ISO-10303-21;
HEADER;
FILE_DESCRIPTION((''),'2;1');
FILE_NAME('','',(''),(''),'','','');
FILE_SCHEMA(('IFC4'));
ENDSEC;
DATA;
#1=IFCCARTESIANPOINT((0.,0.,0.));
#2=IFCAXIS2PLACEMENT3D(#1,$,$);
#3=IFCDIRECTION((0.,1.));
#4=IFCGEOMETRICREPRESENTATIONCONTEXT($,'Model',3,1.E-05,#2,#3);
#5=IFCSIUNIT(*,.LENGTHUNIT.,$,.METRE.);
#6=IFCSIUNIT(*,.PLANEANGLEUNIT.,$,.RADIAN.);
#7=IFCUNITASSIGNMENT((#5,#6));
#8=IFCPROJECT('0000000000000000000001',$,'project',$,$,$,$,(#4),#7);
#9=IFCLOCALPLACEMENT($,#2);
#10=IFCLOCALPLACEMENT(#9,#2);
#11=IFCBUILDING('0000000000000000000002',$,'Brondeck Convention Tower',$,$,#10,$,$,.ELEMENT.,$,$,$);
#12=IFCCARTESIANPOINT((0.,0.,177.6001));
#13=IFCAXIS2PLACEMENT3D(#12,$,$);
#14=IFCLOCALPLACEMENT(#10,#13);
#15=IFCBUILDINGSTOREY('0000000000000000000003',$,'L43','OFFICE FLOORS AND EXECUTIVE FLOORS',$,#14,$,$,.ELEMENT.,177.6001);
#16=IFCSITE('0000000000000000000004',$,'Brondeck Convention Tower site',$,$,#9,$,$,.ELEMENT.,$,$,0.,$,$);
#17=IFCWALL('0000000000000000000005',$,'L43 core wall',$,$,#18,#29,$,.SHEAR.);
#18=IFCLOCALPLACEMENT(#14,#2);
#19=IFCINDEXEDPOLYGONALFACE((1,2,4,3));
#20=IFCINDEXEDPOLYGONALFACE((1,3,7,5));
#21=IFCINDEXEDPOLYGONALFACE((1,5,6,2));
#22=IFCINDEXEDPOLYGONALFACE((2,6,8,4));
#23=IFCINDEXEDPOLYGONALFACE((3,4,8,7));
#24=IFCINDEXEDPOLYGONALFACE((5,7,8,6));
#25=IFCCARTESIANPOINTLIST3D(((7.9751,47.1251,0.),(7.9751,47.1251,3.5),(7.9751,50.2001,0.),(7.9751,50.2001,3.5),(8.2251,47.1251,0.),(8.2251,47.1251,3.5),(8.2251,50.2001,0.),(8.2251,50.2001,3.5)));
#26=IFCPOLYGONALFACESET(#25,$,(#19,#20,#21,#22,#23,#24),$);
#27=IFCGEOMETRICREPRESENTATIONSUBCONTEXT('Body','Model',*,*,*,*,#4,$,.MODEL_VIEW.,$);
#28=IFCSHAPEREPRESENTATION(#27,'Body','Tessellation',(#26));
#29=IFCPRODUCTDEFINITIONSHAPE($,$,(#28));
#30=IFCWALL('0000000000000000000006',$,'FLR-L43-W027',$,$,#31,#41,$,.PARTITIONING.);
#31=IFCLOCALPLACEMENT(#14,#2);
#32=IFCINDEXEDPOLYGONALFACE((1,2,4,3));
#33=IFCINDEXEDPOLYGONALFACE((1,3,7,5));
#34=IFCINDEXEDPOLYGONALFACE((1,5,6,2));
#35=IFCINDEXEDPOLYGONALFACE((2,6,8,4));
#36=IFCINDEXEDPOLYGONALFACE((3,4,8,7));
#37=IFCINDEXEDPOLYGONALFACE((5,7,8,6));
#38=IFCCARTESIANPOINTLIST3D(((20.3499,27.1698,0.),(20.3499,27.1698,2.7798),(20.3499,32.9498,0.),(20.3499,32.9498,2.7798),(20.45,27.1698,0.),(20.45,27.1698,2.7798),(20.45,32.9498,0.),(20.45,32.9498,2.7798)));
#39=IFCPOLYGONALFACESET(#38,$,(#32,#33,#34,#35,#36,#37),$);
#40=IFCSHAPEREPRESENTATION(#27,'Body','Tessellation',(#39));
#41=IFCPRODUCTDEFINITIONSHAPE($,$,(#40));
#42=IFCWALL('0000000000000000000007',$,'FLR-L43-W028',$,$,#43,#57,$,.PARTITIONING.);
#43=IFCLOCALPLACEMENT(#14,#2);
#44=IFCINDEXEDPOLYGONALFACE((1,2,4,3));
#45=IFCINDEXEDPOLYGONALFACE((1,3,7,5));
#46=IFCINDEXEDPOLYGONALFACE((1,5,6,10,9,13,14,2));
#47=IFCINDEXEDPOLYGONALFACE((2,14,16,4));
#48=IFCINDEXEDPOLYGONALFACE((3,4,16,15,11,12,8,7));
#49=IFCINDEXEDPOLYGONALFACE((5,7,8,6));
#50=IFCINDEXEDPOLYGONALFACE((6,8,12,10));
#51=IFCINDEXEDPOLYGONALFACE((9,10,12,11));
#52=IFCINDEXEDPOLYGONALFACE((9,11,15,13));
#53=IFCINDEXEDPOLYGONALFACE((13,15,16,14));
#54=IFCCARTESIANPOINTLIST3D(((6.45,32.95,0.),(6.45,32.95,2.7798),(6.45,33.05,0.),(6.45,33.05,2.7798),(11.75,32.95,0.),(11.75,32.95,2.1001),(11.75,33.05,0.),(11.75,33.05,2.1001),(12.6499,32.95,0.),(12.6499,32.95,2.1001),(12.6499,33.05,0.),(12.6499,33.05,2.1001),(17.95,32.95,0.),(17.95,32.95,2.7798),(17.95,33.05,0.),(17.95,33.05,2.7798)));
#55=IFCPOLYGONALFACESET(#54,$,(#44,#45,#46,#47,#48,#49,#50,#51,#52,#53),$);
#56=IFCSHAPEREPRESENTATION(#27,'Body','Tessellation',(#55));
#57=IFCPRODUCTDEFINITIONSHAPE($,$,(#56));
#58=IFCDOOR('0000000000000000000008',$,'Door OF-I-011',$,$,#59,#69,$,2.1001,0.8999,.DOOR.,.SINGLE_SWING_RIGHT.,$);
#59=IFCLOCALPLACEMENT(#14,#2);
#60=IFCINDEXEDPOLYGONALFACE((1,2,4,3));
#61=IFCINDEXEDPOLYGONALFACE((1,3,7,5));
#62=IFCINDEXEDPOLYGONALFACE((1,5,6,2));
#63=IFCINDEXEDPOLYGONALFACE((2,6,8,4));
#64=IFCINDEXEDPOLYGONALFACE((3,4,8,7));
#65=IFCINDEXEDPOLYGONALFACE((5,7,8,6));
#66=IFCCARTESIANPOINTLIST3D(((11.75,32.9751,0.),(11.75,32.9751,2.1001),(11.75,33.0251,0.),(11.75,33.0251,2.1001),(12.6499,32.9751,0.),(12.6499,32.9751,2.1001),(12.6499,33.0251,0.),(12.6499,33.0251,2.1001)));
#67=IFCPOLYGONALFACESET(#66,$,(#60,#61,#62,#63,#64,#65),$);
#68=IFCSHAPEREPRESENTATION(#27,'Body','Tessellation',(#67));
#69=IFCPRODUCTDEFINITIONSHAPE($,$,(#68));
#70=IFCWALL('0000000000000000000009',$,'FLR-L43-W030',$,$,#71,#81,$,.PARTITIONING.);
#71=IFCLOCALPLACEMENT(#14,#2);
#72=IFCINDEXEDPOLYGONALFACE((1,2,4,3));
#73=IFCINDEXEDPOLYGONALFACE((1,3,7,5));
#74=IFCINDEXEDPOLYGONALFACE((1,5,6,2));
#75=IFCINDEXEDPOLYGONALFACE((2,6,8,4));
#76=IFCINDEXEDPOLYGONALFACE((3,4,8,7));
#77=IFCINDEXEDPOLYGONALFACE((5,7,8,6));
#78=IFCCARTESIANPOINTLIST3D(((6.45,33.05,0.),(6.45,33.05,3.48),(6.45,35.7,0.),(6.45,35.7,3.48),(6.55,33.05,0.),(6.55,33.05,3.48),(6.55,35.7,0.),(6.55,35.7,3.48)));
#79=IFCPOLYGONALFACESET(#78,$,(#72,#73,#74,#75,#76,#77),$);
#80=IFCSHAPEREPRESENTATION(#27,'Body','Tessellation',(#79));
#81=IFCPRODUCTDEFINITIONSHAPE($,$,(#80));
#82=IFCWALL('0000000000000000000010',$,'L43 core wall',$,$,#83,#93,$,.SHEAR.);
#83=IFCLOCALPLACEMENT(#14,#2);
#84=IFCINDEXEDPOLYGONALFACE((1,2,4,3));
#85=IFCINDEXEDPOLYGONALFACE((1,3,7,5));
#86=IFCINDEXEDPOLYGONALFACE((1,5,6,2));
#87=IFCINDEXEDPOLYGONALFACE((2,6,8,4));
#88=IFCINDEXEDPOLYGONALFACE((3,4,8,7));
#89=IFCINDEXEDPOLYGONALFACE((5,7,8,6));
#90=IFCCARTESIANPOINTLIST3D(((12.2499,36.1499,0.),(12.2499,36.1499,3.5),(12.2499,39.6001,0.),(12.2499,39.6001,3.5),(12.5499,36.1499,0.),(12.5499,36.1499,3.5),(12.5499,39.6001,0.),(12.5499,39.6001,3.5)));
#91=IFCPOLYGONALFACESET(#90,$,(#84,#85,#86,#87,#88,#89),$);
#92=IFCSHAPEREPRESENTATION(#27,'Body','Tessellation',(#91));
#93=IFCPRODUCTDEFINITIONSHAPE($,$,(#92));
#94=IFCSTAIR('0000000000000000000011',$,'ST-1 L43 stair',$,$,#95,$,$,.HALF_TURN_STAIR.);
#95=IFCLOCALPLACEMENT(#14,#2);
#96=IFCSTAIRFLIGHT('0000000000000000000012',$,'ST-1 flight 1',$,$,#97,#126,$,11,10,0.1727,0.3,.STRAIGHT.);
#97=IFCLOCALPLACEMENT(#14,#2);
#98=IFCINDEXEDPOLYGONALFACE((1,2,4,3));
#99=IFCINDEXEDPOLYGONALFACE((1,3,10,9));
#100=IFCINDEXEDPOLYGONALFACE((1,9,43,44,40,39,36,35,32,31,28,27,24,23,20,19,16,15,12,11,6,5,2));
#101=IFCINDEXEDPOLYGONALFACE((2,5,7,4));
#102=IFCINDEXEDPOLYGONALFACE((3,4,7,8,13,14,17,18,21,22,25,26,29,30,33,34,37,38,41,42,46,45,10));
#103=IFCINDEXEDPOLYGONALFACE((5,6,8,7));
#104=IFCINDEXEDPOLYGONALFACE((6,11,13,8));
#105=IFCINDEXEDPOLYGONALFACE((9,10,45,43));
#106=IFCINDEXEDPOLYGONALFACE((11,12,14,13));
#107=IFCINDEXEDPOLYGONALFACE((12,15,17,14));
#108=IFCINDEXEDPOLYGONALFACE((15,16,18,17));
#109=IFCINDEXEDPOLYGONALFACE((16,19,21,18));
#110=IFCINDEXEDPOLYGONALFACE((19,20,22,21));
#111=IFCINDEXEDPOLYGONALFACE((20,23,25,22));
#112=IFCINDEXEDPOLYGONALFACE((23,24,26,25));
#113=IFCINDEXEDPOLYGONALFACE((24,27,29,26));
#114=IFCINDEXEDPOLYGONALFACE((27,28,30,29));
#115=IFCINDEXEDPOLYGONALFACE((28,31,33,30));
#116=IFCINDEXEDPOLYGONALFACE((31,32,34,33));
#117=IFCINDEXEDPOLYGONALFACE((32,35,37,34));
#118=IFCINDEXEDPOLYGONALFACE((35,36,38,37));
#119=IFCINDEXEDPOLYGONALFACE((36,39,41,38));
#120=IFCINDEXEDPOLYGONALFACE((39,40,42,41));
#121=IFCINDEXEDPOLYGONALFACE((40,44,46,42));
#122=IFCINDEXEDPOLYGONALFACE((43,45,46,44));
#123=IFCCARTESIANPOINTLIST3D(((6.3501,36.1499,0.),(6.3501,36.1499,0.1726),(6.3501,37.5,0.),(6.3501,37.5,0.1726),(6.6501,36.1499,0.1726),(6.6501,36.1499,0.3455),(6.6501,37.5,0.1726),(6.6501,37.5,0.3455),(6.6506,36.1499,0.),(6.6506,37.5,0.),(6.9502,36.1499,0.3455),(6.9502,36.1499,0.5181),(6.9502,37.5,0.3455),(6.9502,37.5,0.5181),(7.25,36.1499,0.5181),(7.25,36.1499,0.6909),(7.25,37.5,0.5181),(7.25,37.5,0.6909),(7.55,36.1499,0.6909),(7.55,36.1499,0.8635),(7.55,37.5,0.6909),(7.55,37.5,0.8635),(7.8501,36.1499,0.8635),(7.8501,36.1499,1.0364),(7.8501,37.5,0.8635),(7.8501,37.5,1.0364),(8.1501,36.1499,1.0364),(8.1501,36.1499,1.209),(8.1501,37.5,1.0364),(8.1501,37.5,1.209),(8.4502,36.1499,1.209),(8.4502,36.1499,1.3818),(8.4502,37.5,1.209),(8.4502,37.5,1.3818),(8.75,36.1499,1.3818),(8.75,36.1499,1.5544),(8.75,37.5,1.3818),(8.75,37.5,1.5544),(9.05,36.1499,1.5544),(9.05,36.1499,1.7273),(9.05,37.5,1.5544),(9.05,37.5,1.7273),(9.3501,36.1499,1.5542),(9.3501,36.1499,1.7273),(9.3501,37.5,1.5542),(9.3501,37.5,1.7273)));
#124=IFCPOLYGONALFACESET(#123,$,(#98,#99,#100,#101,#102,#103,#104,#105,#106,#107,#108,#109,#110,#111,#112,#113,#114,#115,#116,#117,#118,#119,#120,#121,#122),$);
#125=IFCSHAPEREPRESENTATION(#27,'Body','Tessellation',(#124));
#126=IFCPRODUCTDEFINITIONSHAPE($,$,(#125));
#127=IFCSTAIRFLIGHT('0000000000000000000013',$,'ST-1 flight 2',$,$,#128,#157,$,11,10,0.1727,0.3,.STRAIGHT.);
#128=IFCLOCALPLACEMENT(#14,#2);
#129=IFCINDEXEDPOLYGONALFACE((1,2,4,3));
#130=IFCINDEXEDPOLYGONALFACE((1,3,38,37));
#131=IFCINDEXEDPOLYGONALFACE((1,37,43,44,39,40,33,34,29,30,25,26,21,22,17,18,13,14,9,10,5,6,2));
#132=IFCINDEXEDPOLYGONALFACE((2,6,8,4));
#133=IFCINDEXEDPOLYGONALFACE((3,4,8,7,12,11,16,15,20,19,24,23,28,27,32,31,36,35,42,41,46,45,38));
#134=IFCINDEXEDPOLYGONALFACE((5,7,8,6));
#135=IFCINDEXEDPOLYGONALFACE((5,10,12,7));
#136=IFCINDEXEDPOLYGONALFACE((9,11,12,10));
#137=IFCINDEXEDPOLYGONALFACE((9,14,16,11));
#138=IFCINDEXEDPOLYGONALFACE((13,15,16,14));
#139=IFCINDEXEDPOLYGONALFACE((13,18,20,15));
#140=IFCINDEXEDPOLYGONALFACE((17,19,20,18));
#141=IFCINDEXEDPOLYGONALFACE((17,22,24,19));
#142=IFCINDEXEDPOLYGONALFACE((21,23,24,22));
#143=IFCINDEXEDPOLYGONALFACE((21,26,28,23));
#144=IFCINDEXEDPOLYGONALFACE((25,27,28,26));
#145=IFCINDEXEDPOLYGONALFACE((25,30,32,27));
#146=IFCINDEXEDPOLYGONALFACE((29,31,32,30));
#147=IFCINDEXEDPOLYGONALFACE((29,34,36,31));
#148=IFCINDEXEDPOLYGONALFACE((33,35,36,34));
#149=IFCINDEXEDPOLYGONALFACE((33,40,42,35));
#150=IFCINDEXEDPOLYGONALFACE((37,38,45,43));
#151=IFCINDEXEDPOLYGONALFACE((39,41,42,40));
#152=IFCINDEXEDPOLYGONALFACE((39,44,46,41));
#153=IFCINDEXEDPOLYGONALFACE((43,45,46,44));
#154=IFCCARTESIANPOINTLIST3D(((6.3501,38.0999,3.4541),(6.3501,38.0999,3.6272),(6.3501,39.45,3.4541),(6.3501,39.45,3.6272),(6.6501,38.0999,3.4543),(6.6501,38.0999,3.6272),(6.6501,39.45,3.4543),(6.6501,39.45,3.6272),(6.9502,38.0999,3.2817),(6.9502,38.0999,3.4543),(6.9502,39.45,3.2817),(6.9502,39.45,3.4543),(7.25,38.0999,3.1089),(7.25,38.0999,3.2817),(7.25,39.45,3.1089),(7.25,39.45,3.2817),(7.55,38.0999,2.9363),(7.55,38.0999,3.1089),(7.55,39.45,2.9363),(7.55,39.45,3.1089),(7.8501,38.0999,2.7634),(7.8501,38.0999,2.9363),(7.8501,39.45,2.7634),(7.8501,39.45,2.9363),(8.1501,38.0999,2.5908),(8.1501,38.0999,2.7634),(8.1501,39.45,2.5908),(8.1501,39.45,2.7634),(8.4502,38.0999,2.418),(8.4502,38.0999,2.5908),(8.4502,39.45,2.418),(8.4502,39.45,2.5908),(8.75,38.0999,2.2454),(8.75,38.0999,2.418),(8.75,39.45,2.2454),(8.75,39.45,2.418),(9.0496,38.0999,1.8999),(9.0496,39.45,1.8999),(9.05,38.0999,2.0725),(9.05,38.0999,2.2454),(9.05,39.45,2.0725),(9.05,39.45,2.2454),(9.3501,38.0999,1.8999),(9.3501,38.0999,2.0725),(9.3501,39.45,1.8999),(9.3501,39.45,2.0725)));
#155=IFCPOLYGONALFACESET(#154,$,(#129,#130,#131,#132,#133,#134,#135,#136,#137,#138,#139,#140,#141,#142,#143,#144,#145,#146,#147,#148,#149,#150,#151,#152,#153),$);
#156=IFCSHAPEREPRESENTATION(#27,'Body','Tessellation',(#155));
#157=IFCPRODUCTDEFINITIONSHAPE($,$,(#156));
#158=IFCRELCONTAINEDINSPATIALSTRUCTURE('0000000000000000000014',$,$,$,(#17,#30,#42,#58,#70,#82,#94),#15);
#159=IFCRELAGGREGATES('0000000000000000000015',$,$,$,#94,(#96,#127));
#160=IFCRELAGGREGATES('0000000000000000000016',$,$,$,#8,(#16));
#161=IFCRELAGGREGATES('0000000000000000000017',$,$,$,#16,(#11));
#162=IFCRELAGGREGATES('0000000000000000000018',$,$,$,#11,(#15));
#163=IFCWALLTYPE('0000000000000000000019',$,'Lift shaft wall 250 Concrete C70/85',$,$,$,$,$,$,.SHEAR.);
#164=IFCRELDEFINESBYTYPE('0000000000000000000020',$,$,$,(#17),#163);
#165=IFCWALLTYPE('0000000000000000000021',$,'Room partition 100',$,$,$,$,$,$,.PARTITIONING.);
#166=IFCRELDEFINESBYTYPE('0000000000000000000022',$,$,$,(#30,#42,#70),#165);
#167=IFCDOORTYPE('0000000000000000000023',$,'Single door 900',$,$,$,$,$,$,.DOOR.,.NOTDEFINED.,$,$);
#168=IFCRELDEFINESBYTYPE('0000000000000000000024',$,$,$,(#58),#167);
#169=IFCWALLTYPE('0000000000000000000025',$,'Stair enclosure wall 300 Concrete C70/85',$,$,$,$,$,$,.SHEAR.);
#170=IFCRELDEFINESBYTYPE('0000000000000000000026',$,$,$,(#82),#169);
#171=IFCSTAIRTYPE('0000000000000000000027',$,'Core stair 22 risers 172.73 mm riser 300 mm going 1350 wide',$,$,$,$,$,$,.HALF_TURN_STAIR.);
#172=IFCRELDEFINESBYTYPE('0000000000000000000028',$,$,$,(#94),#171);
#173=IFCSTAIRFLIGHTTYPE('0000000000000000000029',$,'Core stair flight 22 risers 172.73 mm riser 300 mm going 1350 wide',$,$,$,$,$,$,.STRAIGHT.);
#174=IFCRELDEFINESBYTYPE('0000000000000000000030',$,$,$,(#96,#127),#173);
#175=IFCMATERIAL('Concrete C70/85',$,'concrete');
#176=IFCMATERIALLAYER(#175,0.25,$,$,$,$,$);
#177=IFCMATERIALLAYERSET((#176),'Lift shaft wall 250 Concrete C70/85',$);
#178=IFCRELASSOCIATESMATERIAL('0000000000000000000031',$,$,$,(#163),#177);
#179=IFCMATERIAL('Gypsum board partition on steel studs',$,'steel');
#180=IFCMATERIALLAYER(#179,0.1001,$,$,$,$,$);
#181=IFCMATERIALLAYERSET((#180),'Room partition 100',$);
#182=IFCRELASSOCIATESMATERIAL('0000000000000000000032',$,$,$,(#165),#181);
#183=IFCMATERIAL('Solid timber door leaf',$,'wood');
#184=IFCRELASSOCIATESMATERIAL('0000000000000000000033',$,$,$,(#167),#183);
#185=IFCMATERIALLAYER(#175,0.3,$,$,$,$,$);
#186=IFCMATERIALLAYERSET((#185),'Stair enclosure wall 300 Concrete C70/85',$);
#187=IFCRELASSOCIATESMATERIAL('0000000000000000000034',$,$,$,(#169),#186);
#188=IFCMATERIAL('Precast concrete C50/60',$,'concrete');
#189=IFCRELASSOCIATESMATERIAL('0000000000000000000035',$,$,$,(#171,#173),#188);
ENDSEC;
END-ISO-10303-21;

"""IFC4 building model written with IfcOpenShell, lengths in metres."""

from ifc_helpers import new_model, si_unit, direction, frame, frame_2d, origin, place, context, subcontext, project, spatial, polyline, rectangle, outline, extrude, material, layer, layer_set, type_object, element, fill, aggregate, save


model = new_model("IFC4")

# Units and contexts
model_context = context("Model", 3, precision=1e-05, world=origin(), true_north=direction((0.0, 1.0)))
body_context = subcontext(model_context, "Body", "Model", "MODEL_VIEW")
ifc_project = project(units=[si_unit("LENGTHUNIT", "METRE"), si_unit("PLANEANGLEUNIT", "RADIAN")], contexts=[model_context])

# Site, building, storey
site_placement = place(None, origin())
site = spatial("IfcSite", under=ifc_project, at=site_placement, Name="Brondeck Convention Tower site", CompositionType="ELEMENT", RefElevation=0.0)
building_placement = place(site_placement, origin())
building = spatial("IfcBuilding", under=site, at=building_placement, Name="Brondeck Convention Tower", CompositionType="ELEMENT")
storey_placement = place(building_placement, frame((0.0, 0.0, 177.6001)))
storey = spatial("IfcBuildingStorey", under=building, at=storey_placement, Name="L43", Description="OFFICE FLOORS AND EXECUTIVE FLOORS", CompositionType="ELEMENT", Elevation=177.6001)

# Shared definitions
ifc_material_1 = material(Name="Concrete C70/85", Category="concrete")

# Walls
ifc_layer_1 = layer(ifc_material_1, 0.25)
ifc_layer_set_1 = layer_set([ifc_layer_1], Name="Lift shaft wall 250 Concrete C70/85")
wall_type_1 = type_object("IfcWallType", Name="Lift shaft wall 250 Concrete C70/85", PredefinedType="SHEAR", material=ifc_layer_set_1)
wall_1_placement = place(storey_placement, frame((8.1001, 47.125, 0.0), z_axis=(0.0, 0.0, 1.0), x_axis=(0.0, 1.0, 0.0)))
element("IfcWall", 1, at=wall_1_placement, inside=storey, type_object=wall_type_1, Name="L43 core wall", PredefinedType="SHEAR", context=body_context, shape_type="SweptSolid", body=[
    extrude(rectangle(XDim=3.075, YDim=0.25, at=frame_2d((1.5376, 0.0))), origin(), (0.0, 0.0, 1.0), 3.5),
])
ifc_material_2 = material(Name="Gypsum board partition on steel studs", Category="steel")
ifc_layer_2 = layer(ifc_material_2, 0.1001)
ifc_layer_set_2 = layer_set([ifc_layer_2], Name="Room partition 100")
wall_type_2 = type_object("IfcWallType", Name="Room partition 100", PredefinedType="PARTITIONING", material=ifc_layer_set_2)
wall_2_placement = place(storey_placement, frame((20.3999, 32.95, 0.0), z_axis=(0.0, 0.0, 1.0), x_axis=(0.0, -1.0, 0.0)))
element("IfcWall", 2, at=wall_2_placement, inside=storey, type_object=wall_type_2, Name="FLR-L43-W027", PredefinedType="PARTITIONING", context=body_context, shape_type="SweptSolid", body=[
    extrude(rectangle(XDim=5.78, YDim=0.1001, at=frame_2d((2.8901, 0.0))), origin(), (0.0, 0.0, 1.0), 2.7798),
])

# Wall, opening, door
wall_3_placement = place(storey_placement, frame((17.95, 33.0, 0.0), z_axis=(0.0, 0.0, 1.0), x_axis=(-1.0, 0.0, 0.0)))
wall_3 = element("IfcWall", 3, at=wall_3_placement, inside=storey, type_object=wall_type_2, Name="FLR-L43-W028", PredefinedType="PARTITIONING", context=body_context, shape_type="SweptSolid", body=[
    extrude(rectangle(XDim=11.5, YDim=0.1001, at=frame_2d((5.75, 0.0))), origin(), (0.0, 0.0, 1.0), 2.7798),
])
opening_1_placement = place(wall_3_placement, frame((5.3, 0.0, 0.0)))
opening_1 = element("IfcOpeningElement", 4, at=opening_1_placement, cuts=wall_3, PredefinedType="OPENING", context=body_context, shape_type="SweptSolid", body=[
    extrude(rectangle(XDim=0.8999, YDim=2.1001, at=frame_2d((0.45, 1.05))), frame((0.0, 0.0601, 0.0), z_axis=(0.0, -1.0, 0.0), x_axis=(1.0, 0.0, 0.0)), (0.0, 0.0, 1.0), 0.1201),
])
ifc_material_3 = material(Name="Solid timber door leaf", Category="wood")
door_type_1 = type_object("IfcDoorType", Name="Single door 900", OperationType="NOTDEFINED", PredefinedType="DOOR", material=ifc_material_3)
door_1_placement = place(opening_1_placement, origin())
door_1 = element("IfcDoor", 5, at=door_1_placement, inside=storey, type_object=door_type_1, Name="Door OF-I-011", OperationType="SINGLE_SWING_RIGHT", OverallHeight=2.1001, OverallWidth=0.8999, PredefinedType="DOOR", context=body_context, shape_type="SweptSolid", body=[
    extrude(rectangle(XDim=0.8999, YDim=2.1001, at=frame_2d((0.45, 1.05))), frame((0.0, 0.0249, 0.0), z_axis=(0.0, -1.0, 0.0), x_axis=(1.0, 0.0, 0.0)), (0.0, 0.0, 1.0), 0.05),
])
fill(opening_1, door_1)

# Walls
wall_4_placement = place(storey_placement, frame((6.5, 33.05, 0.0), z_axis=(0.0, 0.0, 1.0), x_axis=(0.0, 1.0, 0.0)))
element("IfcWall", 6, at=wall_4_placement, inside=storey, type_object=wall_type_2, Name="FLR-L43-W030", PredefinedType="PARTITIONING", context=body_context, shape_type="SweptSolid", body=[
    extrude(rectangle(XDim=2.6499, YDim=0.1001, at=frame_2d((1.325, 0.0))), origin(), (0.0, 0.0, 1.0), 3.48),
])
ifc_layer_3 = layer(ifc_material_1, 0.3)
ifc_layer_set_3 = layer_set([ifc_layer_3], Name="Stair enclosure wall 300 Concrete C70/85")
wall_type_3 = type_object("IfcWallType", Name="Stair enclosure wall 300 Concrete C70/85", PredefinedType="SHEAR", material=ifc_layer_set_3)
wall_5_placement = place(storey_placement, frame((12.3999, 36.1499, 0.0), z_axis=(0.0, 0.0, 1.0), x_axis=(0.0, 1.0, 0.0)))
element("IfcWall", 7, at=wall_5_placement, inside=storey, type_object=wall_type_3, Name="L43 core wall", PredefinedType="SHEAR", context=body_context, shape_type="SweptSolid", body=[
    extrude(rectangle(XDim=3.4502, YDim=0.3, at=frame_2d((1.7251, 0.0))), origin(), (0.0, 0.0, 1.0), 3.5),
])

# Stair, stair flights
ifc_material_4 = material(Name="Precast concrete C50/60", Category="concrete")
stair_type = type_object("IfcStairType", Name="Core stair 22 risers 172.73 mm riser 300 mm going 1350 wide", PredefinedType="HALF_TURN_STAIR", material=ifc_material_4)
stair_placement = place(storey_placement, origin())
stair = element("IfcStair", 8, at=stair_placement, inside=storey, type_object=stair_type, Name="ST-1 L43 stair", PredefinedType="HALF_TURN_STAIR")
stair_flight_type = type_object("IfcStairFlightType", Name="Core stair flight 22 risers 172.73 mm riser 300 mm going 1350 wide", PredefinedType="STRAIGHT", material=ifc_material_4)
stair_flight_1_placement = place(storey_placement, frame((6.3501, 36.825, 0.0), z_axis=(0.0, 0.0, 1.0), x_axis=(1.0, 0.0, 0.0)))
stair_flight_1 = element("IfcStairFlight", 9, at=stair_flight_1_placement, type_object=stair_flight_type, Name="ST-1 flight 1", NumberOfRisers=11, NumberOfTreads=10, PredefinedType="STRAIGHT", RiserHeight=0.1727, TreadLength=0.3, context=body_context, shape_type="SweptSolid", body=[
    extrude(outline(polyline([(0.0, 0.0), (0.0, 0.1726), (0.3, 0.1726), (0.3, 0.3455), (0.6001, 0.3455), (0.6001, 0.5181), (0.8999, 0.5181), (0.8999, 0.6909), (1.2, 0.6909), (1.2, 0.8635), (1.5, 0.8635), (1.5, 1.0364), (1.8, 1.0364), (1.8, 1.209), (2.1001, 1.209), (2.1001, 1.3818), (2.3999, 1.3818), (2.3999, 1.5544), (2.7, 1.5544), (2.7, 1.7273), (3.0, 1.7273), (3.0, 1.8999), (3.0, 1.5542), (0.3005, 0.0), (0.0, 0.0)])), frame((0.0, 0.675, 0.0), z_axis=(0.0, -1.0, 0.0), x_axis=(1.0, 0.0, 0.0)), (0.0, 0.0, 1.0), 1.3501),
])
stair_flight_2_placement = place(storey_placement, frame((9.3501, 38.7749, 1.8999), z_axis=(0.0, 0.0, 1.0), x_axis=(-1.0, 0.0, 0.0)))
stair_flight_2 = element("IfcStairFlight", 10, at=stair_flight_2_placement, type_object=stair_flight_type, Name="ST-1 flight 2", NumberOfRisers=11, NumberOfTreads=10, PredefinedType="STRAIGHT", RiserHeight=0.1727, TreadLength=0.3, context=body_context, shape_type="SweptSolid", body=[
    extrude(outline(polyline([(0.0, 0.0), (0.0, 0.1726), (0.3, 0.1726), (0.3, 0.3455), (0.6001, 0.3455), (0.6001, 0.5181), (0.8999, 0.5181), (0.8999, 0.6909), (1.2, 0.6909), (1.2, 0.8635), (1.5, 0.8635), (1.5, 1.0364), (1.8, 1.0364), (1.8, 1.209), (2.1001, 1.209), (2.1001, 1.3818), (2.3999, 1.3818), (2.3999, 1.5544), (2.7, 1.5544), (2.7, 1.7273), (3.0, 1.7273), (3.0, 1.8999), (3.0, 1.5542), (0.3005, 0.0), (0.0, 0.0)])), frame((0.0, 0.675, 0.0), z_axis=(0.0, -1.0, 0.0), x_axis=(1.0, 0.0, 0.0)), (0.0, 0.0, 1.0), 1.3501),
])
aggregate(stair, [stair_flight_1, stair_flight_2])

save(model, "model.ifc")
